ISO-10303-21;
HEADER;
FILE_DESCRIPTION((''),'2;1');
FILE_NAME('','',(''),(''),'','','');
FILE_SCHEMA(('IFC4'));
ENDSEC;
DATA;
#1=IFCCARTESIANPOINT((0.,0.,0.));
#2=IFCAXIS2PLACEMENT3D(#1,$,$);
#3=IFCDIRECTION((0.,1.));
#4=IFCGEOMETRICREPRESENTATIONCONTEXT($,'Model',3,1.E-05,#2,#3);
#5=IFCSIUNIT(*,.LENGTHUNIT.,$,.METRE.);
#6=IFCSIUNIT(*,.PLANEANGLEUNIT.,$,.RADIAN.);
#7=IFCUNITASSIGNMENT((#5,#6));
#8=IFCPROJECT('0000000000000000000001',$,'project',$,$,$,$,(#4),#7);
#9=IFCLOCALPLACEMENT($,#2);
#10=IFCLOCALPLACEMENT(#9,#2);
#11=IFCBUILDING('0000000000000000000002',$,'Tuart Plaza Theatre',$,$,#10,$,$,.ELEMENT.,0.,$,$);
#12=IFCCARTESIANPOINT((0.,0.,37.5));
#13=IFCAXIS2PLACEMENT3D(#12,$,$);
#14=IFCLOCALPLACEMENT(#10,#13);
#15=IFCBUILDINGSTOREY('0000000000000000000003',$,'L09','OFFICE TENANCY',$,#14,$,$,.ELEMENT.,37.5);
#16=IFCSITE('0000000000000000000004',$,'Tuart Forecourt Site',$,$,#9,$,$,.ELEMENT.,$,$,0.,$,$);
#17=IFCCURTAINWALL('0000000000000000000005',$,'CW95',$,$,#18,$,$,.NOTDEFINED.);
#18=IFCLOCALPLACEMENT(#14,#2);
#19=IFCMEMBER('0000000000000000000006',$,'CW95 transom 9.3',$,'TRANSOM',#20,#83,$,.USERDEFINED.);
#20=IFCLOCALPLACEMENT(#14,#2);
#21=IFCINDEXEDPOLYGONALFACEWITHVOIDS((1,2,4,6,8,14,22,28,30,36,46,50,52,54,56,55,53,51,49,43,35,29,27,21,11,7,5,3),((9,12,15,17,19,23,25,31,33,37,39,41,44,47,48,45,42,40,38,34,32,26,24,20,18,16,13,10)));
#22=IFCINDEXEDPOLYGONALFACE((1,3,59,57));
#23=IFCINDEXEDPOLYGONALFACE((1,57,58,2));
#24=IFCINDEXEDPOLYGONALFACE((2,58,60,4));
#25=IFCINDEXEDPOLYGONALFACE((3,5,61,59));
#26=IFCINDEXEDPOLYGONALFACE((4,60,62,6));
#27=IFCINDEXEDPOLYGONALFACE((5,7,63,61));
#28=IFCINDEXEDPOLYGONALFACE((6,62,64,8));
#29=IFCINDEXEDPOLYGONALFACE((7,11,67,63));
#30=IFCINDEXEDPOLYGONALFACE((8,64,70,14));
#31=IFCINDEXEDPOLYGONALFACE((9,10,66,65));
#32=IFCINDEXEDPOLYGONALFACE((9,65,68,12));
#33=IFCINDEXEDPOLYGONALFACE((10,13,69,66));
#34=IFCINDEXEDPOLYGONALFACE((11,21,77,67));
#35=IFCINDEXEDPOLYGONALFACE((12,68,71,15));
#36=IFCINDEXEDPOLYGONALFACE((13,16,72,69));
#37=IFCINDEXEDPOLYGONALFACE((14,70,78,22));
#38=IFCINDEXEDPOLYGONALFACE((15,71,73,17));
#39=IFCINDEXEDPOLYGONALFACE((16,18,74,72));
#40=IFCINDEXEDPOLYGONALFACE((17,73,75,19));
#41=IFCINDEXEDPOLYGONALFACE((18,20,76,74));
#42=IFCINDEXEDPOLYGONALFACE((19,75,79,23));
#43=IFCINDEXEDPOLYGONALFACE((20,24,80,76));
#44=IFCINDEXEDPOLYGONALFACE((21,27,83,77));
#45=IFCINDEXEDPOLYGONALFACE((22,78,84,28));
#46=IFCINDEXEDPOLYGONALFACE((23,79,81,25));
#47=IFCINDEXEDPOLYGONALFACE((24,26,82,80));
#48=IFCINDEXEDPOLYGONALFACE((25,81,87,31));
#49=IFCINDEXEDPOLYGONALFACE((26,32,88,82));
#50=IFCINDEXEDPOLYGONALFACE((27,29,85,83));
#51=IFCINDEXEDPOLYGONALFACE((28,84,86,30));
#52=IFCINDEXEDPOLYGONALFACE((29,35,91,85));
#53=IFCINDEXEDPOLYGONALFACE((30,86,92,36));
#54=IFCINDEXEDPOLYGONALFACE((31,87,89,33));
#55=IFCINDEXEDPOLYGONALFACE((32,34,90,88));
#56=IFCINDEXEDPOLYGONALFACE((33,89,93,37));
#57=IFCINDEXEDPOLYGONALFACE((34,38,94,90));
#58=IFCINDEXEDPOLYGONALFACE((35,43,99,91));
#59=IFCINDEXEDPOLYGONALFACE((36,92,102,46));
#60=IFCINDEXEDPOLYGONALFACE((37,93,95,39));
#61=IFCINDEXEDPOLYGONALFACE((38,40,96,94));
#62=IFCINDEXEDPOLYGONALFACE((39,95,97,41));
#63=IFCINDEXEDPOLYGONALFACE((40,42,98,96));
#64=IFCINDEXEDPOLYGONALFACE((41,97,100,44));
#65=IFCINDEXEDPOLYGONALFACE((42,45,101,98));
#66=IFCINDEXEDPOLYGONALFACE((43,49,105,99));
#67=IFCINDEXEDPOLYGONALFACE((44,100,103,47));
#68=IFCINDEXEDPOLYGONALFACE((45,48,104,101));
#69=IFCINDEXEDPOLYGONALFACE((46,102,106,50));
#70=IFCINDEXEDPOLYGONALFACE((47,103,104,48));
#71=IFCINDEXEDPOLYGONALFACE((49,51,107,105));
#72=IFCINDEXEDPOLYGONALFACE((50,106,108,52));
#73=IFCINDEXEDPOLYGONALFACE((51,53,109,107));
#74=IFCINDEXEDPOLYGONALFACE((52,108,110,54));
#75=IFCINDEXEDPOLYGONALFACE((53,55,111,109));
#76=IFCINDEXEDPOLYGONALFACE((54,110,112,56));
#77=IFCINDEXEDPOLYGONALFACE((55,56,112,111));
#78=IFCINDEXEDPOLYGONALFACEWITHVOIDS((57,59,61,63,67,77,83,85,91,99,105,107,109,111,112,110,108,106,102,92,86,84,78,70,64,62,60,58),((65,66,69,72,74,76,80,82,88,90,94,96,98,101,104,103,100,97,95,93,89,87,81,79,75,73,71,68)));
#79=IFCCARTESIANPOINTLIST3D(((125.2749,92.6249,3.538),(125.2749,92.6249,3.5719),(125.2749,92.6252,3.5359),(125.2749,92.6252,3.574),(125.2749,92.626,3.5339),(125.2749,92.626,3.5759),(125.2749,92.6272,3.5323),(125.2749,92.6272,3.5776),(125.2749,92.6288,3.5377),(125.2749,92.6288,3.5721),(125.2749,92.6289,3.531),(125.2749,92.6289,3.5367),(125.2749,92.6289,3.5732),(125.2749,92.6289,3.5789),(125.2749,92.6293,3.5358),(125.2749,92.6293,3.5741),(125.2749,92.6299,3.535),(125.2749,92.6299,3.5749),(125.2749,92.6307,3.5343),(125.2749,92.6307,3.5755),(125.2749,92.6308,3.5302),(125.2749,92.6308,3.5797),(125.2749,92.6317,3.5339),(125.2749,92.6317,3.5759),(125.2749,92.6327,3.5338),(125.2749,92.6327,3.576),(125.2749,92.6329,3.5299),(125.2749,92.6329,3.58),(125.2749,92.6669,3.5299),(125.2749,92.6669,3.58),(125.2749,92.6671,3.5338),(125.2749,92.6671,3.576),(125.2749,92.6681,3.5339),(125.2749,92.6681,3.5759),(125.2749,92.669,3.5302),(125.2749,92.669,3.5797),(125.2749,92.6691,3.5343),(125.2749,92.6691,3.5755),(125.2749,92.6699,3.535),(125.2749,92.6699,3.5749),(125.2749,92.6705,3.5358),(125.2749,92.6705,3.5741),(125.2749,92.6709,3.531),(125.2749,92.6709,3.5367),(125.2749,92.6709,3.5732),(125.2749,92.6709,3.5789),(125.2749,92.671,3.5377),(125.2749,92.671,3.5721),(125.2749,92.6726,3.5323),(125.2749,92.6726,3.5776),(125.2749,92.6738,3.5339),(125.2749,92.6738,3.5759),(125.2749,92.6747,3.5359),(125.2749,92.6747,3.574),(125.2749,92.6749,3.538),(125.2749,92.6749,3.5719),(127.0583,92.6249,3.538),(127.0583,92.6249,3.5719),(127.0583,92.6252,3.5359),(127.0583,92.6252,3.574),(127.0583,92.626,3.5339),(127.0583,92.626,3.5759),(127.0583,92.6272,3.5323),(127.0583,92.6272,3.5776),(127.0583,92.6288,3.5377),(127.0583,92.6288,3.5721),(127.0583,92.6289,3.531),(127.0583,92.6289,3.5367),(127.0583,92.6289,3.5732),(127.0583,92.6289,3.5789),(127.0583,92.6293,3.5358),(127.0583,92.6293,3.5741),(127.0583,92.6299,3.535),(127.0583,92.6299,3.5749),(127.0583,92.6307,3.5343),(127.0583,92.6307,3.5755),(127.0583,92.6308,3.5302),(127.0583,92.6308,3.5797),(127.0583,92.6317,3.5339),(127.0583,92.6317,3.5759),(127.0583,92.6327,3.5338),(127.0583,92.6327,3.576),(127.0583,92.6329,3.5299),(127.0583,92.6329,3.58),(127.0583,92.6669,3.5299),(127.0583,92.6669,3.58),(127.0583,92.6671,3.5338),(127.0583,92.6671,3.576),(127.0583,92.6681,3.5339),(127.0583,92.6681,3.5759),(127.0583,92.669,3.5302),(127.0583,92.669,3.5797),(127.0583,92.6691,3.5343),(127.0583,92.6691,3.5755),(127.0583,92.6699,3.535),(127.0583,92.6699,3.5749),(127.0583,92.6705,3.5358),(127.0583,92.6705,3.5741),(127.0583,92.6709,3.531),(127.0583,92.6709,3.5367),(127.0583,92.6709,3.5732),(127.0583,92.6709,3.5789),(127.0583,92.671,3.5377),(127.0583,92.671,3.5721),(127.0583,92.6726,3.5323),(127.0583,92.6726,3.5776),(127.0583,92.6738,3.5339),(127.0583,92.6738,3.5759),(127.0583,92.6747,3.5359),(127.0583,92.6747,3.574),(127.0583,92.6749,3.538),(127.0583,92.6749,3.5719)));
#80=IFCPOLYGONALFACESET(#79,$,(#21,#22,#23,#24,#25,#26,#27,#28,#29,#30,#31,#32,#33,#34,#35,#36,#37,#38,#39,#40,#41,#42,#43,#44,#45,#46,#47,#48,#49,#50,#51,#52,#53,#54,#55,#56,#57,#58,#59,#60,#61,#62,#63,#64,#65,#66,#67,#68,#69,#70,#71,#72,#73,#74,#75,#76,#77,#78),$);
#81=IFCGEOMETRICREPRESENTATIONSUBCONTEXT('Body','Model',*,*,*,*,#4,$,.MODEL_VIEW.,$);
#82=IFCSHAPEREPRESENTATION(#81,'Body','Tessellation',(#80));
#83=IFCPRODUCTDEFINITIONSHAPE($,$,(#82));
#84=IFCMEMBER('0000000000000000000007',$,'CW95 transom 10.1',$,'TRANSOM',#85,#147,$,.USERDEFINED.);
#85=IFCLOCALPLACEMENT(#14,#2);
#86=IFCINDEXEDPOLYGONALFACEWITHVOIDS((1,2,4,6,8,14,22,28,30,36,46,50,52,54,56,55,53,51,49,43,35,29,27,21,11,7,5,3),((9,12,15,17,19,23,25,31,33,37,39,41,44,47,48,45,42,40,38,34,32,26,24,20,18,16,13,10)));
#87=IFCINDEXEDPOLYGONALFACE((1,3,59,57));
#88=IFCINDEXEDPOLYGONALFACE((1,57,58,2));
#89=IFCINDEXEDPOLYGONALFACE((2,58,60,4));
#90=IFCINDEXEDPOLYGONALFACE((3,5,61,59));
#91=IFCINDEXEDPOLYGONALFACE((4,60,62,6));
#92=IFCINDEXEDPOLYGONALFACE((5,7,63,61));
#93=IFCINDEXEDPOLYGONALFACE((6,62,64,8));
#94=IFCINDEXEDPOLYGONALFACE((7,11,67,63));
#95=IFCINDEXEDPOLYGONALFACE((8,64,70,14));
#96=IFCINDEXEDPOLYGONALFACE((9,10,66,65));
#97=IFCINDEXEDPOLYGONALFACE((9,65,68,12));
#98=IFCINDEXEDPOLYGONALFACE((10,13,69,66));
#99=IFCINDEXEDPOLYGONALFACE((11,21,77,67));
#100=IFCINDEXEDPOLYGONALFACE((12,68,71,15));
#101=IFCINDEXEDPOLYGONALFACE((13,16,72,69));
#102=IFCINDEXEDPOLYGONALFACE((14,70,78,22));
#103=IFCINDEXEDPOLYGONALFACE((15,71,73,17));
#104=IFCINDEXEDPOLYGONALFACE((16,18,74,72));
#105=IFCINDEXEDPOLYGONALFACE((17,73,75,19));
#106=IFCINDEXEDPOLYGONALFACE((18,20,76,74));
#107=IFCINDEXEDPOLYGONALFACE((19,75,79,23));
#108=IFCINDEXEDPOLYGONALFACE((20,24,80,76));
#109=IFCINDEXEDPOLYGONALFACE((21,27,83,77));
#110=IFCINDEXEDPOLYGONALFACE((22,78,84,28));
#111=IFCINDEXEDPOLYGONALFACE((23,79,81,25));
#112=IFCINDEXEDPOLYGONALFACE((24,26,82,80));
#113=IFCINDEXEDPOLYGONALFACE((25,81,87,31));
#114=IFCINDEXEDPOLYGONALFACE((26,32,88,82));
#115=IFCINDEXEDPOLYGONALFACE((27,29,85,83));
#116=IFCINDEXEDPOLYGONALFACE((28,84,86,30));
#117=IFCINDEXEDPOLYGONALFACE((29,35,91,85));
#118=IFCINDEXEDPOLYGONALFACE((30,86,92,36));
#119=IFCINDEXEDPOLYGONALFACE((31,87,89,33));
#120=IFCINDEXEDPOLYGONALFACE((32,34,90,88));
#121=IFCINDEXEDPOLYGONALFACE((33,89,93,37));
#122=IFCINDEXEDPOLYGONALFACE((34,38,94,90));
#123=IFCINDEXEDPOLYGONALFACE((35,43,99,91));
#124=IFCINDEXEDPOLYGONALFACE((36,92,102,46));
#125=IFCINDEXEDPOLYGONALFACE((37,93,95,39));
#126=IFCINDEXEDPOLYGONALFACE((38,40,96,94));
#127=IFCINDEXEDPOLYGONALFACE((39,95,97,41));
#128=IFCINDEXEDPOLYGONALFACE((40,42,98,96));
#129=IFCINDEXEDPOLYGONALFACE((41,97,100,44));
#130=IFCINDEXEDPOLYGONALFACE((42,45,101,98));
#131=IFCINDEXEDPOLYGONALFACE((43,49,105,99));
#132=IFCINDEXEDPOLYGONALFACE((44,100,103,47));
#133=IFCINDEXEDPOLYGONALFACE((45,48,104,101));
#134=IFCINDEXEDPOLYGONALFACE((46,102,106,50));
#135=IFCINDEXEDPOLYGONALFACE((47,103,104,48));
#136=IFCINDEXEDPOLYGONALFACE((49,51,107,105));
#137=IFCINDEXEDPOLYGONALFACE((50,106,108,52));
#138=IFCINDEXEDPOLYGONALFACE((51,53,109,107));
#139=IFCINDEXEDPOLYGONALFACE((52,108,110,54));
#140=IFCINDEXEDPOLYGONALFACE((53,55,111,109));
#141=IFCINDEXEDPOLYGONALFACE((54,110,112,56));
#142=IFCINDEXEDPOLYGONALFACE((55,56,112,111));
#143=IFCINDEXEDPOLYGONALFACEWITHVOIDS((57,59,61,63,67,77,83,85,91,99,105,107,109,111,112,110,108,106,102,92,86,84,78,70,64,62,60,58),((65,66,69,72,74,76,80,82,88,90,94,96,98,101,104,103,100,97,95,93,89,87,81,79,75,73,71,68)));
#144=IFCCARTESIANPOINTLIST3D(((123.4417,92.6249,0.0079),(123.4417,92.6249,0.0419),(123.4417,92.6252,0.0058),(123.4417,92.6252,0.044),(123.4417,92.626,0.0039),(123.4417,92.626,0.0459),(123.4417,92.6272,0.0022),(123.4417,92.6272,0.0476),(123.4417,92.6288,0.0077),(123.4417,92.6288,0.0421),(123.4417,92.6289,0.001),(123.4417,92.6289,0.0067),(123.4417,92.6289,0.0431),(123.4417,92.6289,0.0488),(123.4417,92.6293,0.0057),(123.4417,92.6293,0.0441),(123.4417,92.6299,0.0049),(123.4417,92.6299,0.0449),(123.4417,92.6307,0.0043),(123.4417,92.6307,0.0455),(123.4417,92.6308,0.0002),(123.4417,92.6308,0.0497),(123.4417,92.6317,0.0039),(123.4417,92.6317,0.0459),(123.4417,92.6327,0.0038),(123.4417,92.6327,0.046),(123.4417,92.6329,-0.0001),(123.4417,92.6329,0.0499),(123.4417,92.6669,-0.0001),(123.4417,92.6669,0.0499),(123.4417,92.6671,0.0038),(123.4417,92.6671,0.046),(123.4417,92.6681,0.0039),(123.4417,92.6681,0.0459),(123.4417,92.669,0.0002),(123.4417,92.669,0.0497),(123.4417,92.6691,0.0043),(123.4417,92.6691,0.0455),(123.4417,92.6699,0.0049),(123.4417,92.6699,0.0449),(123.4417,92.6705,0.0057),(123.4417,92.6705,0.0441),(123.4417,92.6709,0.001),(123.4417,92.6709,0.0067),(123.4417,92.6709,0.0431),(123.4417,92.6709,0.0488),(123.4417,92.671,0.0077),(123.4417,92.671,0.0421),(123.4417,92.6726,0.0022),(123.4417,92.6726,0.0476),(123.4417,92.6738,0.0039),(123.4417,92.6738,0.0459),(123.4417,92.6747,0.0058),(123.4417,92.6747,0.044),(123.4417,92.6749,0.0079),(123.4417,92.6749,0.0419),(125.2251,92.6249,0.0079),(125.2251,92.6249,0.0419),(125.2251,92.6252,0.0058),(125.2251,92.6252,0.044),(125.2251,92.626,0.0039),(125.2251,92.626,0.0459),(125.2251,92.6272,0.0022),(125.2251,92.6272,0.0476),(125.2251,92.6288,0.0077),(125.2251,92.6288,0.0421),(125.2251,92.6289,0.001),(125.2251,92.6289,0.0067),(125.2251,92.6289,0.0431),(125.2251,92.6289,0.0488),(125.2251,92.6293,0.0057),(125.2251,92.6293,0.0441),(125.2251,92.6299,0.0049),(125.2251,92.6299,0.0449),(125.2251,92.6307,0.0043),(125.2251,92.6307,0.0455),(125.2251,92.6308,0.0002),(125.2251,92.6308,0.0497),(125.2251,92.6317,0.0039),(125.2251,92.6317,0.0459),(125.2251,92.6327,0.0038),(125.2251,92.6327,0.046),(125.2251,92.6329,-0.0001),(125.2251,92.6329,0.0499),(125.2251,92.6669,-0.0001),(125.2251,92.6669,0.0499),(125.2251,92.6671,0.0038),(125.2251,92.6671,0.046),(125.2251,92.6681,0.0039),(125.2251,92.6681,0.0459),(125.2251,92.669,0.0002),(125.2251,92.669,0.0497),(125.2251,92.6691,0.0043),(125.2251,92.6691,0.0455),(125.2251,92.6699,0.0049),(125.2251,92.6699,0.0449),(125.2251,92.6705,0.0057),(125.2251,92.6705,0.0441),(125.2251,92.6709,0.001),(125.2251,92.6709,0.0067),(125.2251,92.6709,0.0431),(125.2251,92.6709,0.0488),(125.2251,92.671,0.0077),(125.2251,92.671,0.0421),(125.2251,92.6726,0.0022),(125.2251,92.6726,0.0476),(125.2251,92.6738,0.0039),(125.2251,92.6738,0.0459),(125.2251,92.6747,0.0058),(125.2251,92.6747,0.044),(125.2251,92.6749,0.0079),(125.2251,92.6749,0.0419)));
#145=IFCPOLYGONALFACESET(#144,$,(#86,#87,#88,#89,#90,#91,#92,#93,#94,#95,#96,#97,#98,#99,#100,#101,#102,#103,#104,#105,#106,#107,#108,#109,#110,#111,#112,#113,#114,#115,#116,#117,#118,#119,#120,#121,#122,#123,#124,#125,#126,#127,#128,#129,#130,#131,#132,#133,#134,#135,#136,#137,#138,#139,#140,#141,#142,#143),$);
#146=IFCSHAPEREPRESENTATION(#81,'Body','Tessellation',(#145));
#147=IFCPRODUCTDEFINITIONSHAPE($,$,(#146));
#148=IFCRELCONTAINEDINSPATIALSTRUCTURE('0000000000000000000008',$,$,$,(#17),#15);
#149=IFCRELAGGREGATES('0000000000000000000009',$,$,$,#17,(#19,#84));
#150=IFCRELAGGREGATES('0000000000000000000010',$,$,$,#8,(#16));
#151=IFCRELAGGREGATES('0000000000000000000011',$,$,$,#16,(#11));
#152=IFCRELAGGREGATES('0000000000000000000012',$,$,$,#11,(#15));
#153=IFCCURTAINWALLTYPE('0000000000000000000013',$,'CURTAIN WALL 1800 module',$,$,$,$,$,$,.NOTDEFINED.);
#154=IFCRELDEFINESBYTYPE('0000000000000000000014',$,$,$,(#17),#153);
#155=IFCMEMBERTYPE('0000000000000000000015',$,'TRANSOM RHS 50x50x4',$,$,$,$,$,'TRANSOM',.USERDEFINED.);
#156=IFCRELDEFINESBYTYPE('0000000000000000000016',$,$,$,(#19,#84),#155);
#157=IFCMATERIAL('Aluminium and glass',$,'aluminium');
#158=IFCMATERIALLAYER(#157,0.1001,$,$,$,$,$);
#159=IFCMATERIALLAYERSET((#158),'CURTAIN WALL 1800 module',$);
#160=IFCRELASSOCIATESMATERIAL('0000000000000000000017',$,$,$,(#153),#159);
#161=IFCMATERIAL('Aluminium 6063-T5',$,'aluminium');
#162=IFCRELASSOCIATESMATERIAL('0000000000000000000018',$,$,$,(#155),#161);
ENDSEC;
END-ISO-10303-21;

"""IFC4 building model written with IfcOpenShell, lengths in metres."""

from ifc_helpers import new_model, si_unit, direction, frame, origin, origin_2d, place, context, subcontext, project, spatial, hollow_rectangle, extrude, material, layer, layer_set, material_profile, profile_set, type_object, element, aggregate, save


model = new_model("IFC4")

# Units and contexts
model_context = context("Model", 3, precision=1e-05, world=origin(), true_north=direction((0.0, 1.0)))
body_context = subcontext(model_context, "Body", "Model", "MODEL_VIEW")
ifc_project = project(units=[si_unit("LENGTHUNIT", "METRE"), si_unit("PLANEANGLEUNIT", "RADIAN")], contexts=[model_context])

# Site, building, storey
site_placement = place(None, origin())
site = spatial("IfcSite", under=ifc_project, at=site_placement, Name="Tuart Forecourt Site", CompositionType="ELEMENT", RefElevation=0.0)
building_placement = place(site_placement, origin())
building = spatial("IfcBuilding", under=site, at=building_placement, Name="Tuart Plaza Theatre", CompositionType="ELEMENT", ElevationOfRefHeight=0.0)
storey_placement = place(building_placement, frame((0.0, 0.0, 37.5)))
storey = spatial("IfcBuildingStorey", under=building, at=storey_placement, Name="L09", Description="OFFICE TENANCY", CompositionType="ELEMENT", Elevation=37.5)

# Curtain wall, members
ifc_material_1 = material(Name="Aluminium and glass", Category="aluminium")
ifc_layer_1 = layer(ifc_material_1, 0.1001)
ifc_layer_set_1 = layer_set([ifc_layer_1], Name="CURTAIN WALL 1800 module")
curtain_wall_type = type_object("IfcCurtainWallType", Name="CURTAIN WALL 1800 module", PredefinedType="NOTDEFINED", material=ifc_layer_set_1)
curtain_wall_placement = place(storey_placement, origin())
curtain_wall = element("IfcCurtainWall", 1, at=curtain_wall_placement, inside=storey, type_object=curtain_wall_type, Name="CW95", PredefinedType="NOTDEFINED")
ifc_material_2 = material(Name="Aluminium 6063-T5", Category="aluminium")
ifc_material_profile_1 = material_profile(ifc_material_2, hollow_rectangle(XDim=0.05, YDim=0.05, WallThickness=0.0039, InnerFilletRadius=0.0039, OuterFilletRadius=0.0081, at=origin_2d()), Name="RHS 50x50x4")
ifc_profile_set_1 = profile_set([ifc_material_profile_1], Name="Aluminium 6063-T5")
member_type_1 = type_object("IfcMemberType", Name="TRANSOM RHS 50x50x4", ElementType="TRANSOM", PredefinedType="USERDEFINED", material=ifc_profile_set_1)
member_1_placement = place(storey_placement, frame((127.0583, 92.6499, 3.5549), z_axis=(-1.0, 0.0, 0.0), x_axis=(0.0, -1.0, 0.0)))
member_1 = element("IfcMember", 2, at=member_1_placement, type_object=member_type_1, Name="CW95 transom 9.3", ObjectType="TRANSOM", PredefinedType="USERDEFINED", context=body_context, shape_type="SweptSolid", body=[
    extrude(hollow_rectangle(XDim=0.05, YDim=0.05, WallThickness=0.0039, InnerFilletRadius=0.0039, OuterFilletRadius=0.0081, at=origin_2d()), origin(), (0.0, 0.0, 1.0), 1.7834),
])
member_2_placement = place(storey_placement, frame((125.2251, 92.6499, 0.0249), z_axis=(-1.0, 0.0, 0.0), x_axis=(0.0, -1.0, 0.0)))
member_2 = element("IfcMember", 3, at=member_2_placement, type_object=member_type_1, Name="CW95 transom 10.1", ObjectType="TRANSOM", PredefinedType="USERDEFINED", context=body_context, shape_type="SweptSolid", body=[
    extrude(hollow_rectangle(XDim=0.05, YDim=0.05, WallThickness=0.0039, InnerFilletRadius=0.0039, OuterFilletRadius=0.0081, at=origin_2d()), origin(), (0.0, 0.0, 1.0), 1.7834),
])
aggregate(curtain_wall, [member_1, member_2])

save(model, "model.ifc")
